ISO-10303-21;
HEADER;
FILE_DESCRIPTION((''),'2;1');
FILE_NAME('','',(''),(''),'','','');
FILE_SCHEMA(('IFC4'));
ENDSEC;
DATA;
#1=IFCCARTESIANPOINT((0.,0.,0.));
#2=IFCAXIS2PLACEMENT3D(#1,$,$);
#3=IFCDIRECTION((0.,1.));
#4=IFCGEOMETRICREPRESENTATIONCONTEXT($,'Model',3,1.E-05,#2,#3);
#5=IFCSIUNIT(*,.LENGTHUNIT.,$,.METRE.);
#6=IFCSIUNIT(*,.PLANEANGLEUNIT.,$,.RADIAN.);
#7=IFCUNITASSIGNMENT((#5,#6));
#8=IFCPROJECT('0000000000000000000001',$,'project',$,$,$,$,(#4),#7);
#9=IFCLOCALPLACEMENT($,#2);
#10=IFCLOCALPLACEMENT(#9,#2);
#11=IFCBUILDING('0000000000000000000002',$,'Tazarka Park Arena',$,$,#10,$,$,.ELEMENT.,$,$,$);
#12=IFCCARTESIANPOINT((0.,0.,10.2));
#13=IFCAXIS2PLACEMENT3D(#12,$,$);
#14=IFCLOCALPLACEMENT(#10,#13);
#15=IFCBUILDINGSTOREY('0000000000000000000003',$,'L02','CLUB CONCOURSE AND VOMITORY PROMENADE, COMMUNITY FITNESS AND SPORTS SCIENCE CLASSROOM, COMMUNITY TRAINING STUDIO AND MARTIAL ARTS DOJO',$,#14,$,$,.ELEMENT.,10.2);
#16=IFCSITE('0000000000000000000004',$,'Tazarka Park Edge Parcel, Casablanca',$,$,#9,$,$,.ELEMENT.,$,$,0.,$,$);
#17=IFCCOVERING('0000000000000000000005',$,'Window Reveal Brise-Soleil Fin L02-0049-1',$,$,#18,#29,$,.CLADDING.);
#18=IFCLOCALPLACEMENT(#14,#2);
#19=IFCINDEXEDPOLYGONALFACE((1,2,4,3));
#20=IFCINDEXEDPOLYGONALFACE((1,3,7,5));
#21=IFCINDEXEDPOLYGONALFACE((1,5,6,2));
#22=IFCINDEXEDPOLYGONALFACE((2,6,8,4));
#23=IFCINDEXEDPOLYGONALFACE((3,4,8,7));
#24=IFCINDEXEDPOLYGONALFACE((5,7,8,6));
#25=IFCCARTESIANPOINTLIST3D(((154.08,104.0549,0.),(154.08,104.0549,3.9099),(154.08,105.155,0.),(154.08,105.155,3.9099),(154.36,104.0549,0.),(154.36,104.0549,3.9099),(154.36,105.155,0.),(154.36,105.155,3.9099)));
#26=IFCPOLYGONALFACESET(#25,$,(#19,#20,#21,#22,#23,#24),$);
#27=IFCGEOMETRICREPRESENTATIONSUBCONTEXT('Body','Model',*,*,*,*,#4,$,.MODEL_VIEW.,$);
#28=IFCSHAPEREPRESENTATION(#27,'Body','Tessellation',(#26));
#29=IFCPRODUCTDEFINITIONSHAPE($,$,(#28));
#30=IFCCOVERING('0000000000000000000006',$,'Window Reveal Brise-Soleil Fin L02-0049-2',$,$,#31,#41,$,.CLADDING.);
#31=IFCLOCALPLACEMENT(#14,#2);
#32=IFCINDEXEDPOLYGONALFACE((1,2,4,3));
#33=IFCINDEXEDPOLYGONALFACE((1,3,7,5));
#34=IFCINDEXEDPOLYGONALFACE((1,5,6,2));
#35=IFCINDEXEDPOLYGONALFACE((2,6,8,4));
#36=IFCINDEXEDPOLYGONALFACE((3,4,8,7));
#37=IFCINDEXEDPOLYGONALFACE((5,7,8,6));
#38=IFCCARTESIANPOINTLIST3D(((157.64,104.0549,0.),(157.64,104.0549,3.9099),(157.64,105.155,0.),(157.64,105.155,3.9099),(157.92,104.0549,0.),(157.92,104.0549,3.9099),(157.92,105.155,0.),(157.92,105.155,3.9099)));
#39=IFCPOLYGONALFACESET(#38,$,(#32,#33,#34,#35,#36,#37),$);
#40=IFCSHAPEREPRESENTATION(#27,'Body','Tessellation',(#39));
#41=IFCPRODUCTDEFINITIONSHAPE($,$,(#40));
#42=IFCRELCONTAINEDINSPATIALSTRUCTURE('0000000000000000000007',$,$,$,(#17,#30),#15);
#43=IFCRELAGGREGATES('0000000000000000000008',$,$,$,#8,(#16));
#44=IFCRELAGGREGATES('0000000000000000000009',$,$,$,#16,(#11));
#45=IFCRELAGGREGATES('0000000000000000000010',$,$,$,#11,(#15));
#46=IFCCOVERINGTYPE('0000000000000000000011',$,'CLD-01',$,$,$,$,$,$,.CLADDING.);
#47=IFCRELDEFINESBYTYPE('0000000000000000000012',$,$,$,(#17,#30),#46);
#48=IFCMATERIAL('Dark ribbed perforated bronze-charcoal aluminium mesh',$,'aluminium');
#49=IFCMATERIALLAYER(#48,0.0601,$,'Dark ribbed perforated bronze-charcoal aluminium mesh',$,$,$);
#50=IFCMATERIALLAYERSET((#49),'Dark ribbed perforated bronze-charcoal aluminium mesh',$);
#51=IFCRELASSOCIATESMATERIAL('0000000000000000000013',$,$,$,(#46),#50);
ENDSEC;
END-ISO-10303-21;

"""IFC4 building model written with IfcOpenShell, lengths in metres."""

from ifc_helpers import new_model, si_unit, direction, frame, origin, origin_2d, place, context, subcontext, project, spatial, rectangle, extrude, material, layer, layer_set, type_object, element, save


model = new_model("IFC4")

# Units and contexts
model_context = context("Model", 3, precision=1e-05, world=origin(), true_north=direction((0.0, 1.0)))
body_context = subcontext(model_context, "Body", "Model", "MODEL_VIEW")
ifc_project = project(units=[si_unit("LENGTHUNIT", "METRE"), si_unit("PLANEANGLEUNIT", "RADIAN")], contexts=[model_context])

# Site, building, storey
site_placement = place(None, origin())
site = spatial("IfcSite", under=ifc_project, at=site_placement, Name="Tazarka Park Edge Parcel, Casablanca", CompositionType="ELEMENT", RefElevation=0.0)
building_placement = place(site_placement, origin())
building = spatial("IfcBuilding", under=site, at=building_placement, Name="Tazarka Park Arena", CompositionType="ELEMENT")
storey_placement = place(building_placement, frame((0.0, 0.0, 10.2)))
storey = spatial("IfcBuildingStorey", under=building, at=storey_placement, Name="L02", Description="CLUB CONCOURSE AND VOMITORY PROMENADE, COMMUNITY FITNESS AND SPORTS SCIENCE CLASSROOM, COMMUNITY TRAINING STUDIO AND MARTIAL ARTS DOJO", CompositionType="ELEMENT", Elevation=10.2)

# Coverings
ifc_material_1 = material(Name="Dark ribbed perforated bronze-charcoal aluminium mesh", Category="aluminium")
ifc_layer_1 = layer(ifc_material_1, 0.0601, Name="Dark ribbed perforated bronze-charcoal aluminium mesh")
ifc_layer_set_1 = layer_set([ifc_layer_1], Name="Dark ribbed perforated bronze-charcoal aluminium mesh")
covering_type = type_object("IfcCoveringType", Name="CLD-01", PredefinedType="CLADDING", material=ifc_layer_set_1)
for number, where, z_axis, x_axis, name in (
    (1, (154.22, 104.605, 0.0), (0.0, 0.0, 1.0), (1.0, 0.0, 0.0), "Window Reveal Brise-Soleil Fin L02-0049-1"),
    (2, (157.78, 104.605, 0.0), (0.0, 0.0, 1.0), (1.0, 0.0, 0.0), "Window Reveal Brise-Soleil Fin L02-0049-2"),
):
    element("IfcCovering", number, at=place(storey_placement, frame(where, z_axis=z_axis, x_axis=x_axis)), inside=storey, type_object=covering_type, Name=name, PredefinedType="CLADDING", context=body_context, shape_type="SweptSolid", body=[
        extrude(rectangle(XDim=0.28, YDim=1.1001, at=origin_2d()), origin(), (0.0, 0.0, 1.0), 3.9099),
    ])

save(model, "model.ifc")
